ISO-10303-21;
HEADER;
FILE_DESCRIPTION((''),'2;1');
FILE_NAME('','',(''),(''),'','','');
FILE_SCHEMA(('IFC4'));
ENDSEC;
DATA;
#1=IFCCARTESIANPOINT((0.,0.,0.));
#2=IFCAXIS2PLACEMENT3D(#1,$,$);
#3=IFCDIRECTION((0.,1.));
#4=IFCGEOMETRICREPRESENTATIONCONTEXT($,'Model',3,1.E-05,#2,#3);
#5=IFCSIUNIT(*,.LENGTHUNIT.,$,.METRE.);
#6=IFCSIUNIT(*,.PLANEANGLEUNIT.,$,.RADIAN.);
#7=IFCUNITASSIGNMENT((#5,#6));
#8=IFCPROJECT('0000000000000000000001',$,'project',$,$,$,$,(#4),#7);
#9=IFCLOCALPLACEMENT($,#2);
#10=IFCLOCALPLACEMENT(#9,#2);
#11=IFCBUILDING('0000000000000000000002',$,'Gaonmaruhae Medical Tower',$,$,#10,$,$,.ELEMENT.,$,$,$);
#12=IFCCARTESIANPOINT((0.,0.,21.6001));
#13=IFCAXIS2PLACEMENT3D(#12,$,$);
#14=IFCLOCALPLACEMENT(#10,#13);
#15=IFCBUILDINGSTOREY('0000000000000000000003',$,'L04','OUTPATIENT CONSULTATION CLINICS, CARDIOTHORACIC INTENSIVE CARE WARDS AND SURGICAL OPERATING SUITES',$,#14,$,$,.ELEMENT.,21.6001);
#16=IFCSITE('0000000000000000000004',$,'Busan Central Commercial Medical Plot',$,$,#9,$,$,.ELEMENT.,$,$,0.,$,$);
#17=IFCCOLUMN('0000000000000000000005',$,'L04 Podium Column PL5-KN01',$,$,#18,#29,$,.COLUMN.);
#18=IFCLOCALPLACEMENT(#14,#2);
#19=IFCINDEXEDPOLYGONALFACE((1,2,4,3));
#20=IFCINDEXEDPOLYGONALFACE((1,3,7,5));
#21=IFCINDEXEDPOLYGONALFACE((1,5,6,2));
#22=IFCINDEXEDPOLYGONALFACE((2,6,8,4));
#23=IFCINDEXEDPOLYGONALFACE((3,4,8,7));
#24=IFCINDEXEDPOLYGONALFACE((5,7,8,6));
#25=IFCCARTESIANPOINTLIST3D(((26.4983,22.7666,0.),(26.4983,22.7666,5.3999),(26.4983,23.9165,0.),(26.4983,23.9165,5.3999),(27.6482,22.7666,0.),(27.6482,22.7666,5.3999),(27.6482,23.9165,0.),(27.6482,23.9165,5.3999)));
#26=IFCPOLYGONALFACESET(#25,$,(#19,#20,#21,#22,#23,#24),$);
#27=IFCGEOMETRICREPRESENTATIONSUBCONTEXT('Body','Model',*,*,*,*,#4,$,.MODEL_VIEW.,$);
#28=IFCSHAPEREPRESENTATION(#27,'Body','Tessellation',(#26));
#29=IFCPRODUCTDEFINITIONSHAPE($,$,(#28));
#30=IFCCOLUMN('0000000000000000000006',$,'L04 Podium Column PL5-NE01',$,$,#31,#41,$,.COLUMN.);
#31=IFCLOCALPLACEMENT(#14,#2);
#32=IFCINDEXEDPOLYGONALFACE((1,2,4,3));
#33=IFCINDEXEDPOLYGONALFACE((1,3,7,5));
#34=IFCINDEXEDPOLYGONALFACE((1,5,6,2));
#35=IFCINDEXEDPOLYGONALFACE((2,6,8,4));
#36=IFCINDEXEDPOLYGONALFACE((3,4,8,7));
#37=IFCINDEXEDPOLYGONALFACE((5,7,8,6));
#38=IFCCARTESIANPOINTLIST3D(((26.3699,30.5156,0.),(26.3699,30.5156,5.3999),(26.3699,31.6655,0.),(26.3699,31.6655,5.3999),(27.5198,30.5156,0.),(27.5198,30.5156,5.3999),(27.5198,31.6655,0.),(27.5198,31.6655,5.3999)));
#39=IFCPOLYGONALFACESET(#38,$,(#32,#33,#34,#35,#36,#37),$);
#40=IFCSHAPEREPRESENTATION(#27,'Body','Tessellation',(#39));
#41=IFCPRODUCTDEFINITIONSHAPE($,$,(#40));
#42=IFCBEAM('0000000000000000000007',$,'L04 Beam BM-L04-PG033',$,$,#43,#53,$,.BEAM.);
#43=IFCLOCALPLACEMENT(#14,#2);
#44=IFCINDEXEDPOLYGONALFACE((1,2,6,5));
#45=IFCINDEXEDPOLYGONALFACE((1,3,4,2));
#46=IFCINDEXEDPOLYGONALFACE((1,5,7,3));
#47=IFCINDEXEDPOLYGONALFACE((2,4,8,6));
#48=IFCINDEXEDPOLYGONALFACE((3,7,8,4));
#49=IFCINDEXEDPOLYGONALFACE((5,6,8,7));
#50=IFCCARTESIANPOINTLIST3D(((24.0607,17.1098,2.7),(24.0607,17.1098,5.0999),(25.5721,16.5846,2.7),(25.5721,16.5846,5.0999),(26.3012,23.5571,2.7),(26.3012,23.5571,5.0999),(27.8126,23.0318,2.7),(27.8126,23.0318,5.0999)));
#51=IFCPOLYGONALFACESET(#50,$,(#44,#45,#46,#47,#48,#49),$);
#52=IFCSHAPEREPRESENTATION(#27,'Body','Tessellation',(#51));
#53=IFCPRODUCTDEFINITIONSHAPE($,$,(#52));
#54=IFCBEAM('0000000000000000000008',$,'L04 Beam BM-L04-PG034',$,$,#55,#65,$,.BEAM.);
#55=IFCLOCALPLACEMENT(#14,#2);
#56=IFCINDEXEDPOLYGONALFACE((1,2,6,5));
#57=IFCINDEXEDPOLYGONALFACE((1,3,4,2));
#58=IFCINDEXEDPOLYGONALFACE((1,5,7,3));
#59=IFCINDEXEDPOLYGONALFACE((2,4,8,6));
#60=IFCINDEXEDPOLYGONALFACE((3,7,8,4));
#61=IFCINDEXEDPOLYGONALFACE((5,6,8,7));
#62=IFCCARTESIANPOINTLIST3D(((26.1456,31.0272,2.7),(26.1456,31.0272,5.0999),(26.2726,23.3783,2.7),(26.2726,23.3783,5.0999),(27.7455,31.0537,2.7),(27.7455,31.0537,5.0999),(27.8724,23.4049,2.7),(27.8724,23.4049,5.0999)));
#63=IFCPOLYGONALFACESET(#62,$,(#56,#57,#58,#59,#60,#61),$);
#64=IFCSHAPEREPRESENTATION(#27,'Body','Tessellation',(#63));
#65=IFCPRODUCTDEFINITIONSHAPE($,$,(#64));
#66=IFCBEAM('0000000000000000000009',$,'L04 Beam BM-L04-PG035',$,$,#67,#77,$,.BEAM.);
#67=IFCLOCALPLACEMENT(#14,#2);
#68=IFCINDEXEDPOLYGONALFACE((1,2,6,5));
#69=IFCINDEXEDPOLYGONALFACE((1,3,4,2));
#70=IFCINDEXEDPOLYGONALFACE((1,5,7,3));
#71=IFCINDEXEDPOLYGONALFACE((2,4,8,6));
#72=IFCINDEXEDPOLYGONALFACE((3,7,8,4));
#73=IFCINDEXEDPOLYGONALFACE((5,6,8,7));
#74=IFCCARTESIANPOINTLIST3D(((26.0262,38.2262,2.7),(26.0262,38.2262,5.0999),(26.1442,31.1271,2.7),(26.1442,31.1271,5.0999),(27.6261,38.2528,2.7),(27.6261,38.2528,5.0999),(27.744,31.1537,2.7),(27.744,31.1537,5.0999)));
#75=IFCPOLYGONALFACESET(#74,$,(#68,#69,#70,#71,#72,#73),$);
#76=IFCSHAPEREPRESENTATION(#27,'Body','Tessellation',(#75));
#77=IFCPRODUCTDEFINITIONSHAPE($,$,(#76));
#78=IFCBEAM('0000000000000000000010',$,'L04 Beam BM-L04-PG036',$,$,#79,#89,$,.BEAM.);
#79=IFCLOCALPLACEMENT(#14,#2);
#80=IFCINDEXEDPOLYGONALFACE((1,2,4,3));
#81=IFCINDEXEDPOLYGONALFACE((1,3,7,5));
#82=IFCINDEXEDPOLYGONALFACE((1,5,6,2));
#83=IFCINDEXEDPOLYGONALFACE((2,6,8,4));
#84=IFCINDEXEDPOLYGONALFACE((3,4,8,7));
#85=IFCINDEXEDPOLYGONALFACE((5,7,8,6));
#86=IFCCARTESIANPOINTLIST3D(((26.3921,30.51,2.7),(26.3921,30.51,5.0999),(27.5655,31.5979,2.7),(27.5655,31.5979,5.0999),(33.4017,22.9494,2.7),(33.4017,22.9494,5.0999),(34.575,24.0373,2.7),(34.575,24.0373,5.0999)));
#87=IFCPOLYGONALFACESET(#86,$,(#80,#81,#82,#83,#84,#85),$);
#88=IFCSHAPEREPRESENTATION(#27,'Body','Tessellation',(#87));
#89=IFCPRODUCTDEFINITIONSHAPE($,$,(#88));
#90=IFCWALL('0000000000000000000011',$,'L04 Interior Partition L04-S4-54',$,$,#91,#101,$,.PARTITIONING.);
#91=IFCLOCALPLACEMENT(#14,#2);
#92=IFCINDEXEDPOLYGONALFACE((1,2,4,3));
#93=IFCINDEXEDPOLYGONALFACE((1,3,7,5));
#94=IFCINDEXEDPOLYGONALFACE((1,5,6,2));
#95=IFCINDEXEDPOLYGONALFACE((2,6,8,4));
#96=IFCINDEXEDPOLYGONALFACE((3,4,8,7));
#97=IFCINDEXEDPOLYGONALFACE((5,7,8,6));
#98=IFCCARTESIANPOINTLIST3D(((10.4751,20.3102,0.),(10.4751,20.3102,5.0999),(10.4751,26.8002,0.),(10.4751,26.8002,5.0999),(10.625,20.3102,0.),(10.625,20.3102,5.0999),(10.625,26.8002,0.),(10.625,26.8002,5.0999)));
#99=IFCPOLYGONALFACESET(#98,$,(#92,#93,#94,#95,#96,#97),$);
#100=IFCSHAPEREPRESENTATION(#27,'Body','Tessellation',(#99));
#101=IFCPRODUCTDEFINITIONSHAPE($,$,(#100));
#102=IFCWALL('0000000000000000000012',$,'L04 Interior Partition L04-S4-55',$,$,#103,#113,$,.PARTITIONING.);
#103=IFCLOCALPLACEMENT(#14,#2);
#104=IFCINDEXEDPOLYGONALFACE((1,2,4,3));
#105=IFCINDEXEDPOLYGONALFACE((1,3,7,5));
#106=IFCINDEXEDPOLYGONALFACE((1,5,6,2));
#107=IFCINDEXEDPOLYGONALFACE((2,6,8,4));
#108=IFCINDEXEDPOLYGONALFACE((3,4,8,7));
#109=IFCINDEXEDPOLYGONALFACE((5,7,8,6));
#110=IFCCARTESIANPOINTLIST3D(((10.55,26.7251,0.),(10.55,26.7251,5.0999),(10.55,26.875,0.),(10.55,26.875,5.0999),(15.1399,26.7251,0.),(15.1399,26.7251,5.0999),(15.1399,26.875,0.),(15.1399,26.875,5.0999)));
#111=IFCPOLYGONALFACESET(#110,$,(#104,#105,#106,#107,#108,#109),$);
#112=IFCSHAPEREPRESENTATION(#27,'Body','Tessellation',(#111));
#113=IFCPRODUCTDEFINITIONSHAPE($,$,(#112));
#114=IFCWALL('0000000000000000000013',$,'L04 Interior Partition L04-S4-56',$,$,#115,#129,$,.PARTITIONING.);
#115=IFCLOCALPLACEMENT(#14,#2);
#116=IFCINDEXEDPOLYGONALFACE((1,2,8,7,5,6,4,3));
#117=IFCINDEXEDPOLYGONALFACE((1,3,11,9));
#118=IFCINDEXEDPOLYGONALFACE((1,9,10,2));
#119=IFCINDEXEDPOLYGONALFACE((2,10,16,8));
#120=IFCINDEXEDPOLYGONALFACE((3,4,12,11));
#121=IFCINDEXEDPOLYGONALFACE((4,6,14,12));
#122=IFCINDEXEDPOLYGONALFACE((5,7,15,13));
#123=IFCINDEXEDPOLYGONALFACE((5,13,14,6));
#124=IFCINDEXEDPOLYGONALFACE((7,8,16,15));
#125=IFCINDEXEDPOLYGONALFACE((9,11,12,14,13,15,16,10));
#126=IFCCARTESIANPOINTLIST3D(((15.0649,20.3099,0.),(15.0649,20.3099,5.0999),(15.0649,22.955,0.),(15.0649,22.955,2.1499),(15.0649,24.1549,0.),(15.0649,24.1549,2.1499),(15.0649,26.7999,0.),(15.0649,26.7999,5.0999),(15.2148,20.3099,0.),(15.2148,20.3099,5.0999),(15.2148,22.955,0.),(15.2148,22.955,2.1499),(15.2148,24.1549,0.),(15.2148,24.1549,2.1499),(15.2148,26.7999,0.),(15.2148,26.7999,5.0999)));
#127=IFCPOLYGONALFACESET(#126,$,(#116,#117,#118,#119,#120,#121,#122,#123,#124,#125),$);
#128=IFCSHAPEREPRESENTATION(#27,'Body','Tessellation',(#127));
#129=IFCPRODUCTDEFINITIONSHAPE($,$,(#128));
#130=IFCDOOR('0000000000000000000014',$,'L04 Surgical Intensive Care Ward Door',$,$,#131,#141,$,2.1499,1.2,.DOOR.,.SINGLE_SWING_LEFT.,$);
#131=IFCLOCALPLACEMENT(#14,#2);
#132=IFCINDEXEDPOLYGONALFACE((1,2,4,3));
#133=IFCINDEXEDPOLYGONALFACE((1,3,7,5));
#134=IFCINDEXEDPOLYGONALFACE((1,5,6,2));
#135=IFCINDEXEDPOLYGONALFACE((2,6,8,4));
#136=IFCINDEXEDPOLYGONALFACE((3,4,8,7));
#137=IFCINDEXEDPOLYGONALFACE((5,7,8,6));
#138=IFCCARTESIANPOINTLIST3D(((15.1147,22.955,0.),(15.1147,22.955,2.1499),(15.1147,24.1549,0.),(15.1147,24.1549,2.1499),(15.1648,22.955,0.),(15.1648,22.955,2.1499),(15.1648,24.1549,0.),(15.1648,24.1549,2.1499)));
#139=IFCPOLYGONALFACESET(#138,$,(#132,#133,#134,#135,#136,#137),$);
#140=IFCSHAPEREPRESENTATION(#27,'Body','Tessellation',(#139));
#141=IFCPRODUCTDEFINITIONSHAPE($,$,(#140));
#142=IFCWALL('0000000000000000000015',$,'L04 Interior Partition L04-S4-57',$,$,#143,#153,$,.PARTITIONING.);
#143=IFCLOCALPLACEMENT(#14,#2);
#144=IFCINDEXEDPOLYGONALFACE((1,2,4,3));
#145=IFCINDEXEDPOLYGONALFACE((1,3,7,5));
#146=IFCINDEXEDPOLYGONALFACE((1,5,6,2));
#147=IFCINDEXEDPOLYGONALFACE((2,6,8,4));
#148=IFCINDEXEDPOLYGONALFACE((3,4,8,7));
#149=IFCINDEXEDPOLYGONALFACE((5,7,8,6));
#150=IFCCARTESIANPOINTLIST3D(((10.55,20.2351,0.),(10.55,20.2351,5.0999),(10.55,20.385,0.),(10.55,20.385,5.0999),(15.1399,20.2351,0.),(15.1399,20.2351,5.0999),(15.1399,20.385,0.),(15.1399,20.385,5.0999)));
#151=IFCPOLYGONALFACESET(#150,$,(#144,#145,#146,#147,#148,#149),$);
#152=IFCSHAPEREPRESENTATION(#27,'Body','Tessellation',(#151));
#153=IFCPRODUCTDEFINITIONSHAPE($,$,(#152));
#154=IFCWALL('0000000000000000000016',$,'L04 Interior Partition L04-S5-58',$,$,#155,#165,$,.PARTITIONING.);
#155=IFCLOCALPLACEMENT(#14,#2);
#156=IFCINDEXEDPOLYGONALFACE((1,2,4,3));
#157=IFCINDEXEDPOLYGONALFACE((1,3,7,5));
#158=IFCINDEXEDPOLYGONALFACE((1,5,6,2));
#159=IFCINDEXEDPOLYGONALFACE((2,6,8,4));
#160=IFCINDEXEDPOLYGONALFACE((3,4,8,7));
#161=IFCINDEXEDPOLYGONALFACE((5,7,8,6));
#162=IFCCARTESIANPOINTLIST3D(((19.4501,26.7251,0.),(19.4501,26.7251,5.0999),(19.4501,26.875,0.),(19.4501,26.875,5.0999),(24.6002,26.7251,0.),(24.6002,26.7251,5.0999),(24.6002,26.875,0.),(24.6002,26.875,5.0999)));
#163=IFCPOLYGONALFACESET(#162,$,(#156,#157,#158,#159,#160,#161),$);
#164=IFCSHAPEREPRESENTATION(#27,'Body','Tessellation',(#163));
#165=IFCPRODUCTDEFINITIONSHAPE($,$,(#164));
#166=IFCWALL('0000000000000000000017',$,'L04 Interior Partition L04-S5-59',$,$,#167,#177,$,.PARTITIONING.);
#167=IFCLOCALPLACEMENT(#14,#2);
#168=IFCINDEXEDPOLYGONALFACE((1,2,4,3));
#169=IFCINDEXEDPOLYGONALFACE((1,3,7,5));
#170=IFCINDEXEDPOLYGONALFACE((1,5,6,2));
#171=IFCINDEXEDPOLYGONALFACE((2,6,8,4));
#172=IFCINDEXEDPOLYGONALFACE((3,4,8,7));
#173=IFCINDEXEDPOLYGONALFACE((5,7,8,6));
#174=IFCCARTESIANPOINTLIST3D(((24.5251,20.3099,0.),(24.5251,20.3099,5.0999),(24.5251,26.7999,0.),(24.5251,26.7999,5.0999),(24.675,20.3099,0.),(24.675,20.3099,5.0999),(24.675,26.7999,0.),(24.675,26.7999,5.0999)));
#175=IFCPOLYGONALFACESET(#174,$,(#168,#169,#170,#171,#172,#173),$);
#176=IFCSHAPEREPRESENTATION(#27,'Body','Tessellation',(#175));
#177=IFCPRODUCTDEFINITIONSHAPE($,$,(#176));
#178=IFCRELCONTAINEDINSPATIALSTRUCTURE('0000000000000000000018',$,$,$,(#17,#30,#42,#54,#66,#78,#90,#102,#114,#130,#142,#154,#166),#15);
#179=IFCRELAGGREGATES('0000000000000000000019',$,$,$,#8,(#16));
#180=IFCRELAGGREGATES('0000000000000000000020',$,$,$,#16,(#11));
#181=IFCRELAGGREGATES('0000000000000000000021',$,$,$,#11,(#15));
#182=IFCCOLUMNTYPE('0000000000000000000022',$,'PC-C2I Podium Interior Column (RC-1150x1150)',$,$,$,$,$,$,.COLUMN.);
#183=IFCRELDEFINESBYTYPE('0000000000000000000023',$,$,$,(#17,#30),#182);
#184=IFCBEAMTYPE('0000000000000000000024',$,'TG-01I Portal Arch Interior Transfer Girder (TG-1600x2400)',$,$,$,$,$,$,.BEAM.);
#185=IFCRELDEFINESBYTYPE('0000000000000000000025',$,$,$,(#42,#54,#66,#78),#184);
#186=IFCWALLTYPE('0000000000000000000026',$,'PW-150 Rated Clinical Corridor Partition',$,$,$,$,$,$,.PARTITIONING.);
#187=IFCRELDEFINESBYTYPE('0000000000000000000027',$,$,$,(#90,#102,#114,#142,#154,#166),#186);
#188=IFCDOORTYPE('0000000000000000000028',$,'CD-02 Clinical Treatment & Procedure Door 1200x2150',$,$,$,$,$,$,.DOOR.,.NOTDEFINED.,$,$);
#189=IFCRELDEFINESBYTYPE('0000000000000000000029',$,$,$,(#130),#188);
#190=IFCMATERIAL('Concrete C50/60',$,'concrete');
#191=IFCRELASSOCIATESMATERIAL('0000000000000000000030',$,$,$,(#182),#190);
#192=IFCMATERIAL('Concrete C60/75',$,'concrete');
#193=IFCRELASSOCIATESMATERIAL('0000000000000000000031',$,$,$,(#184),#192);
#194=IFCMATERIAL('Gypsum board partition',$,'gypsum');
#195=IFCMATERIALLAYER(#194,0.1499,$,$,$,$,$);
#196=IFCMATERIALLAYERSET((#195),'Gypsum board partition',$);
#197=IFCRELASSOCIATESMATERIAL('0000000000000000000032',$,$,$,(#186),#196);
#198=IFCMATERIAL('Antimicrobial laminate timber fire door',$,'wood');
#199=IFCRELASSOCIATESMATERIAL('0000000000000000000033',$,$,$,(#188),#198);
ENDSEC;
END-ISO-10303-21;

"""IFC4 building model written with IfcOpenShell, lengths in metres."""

from ifc_helpers import new_model, si_unit, direction, frame, frame_2d, origin, origin_2d, place, context, subcontext, project, spatial, rectangle, extrude, material, layer, layer_set, material_profile, profile_set, type_object, element, fill, save


model = new_model("IFC4")

# Units and contexts
model_context = context("Model", 3, precision=1e-05, world=origin(), true_north=direction((0.0, 1.0)))
body_context = subcontext(model_context, "Body", "Model", "MODEL_VIEW")
ifc_project = project(units=[si_unit("LENGTHUNIT", "METRE"), si_unit("PLANEANGLEUNIT", "RADIAN")], contexts=[model_context])

# Site, building, storey
site_placement = place(None, origin())
site = spatial("IfcSite", under=ifc_project, at=site_placement, Name="Busan Central Commercial Medical Plot", CompositionType="ELEMENT", RefElevation=0.0)
building_placement = place(site_placement, origin())
building = spatial("IfcBuilding", under=site, at=building_placement, Name="Gaonmaruhae Medical Tower", CompositionType="ELEMENT")
storey_placement = place(building_placement, frame((0.0, 0.0, 21.6001)))
storey = spatial("IfcBuildingStorey", under=building, at=storey_placement, Name="L04", Description="OUTPATIENT CONSULTATION CLINICS, CARDIOTHORACIC INTENSIVE CARE WARDS AND SURGICAL OPERATING SUITES", CompositionType="ELEMENT", Elevation=21.6001)

# Columns
ifc_material_1 = material(Name="Concrete C50/60", Category="concrete")
ifc_material_profile_1 = material_profile(ifc_material_1, rectangle(XDim=1.1499, YDim=1.1499, at=origin_2d()), Name="RC-1150x1150")
ifc_profile_set_1 = profile_set([ifc_material_profile_1], Name="Concrete C50/60")
column_type = type_object("IfcColumnType", Name="PC-C2I Podium Interior Column (RC-1150x1150)", PredefinedType="COLUMN", material=ifc_profile_set_1)
for number, where, z_axis, x_axis, name in (
    (1, (27.0732, 23.3416, 0.0), (0.0, 0.0, 1.0), (1.0, 0.0, 0.0), "L04 Podium Column PL5-KN01"),
    (2, (26.9448, 31.0906, 0.0), (0.0, 0.0, 1.0), (1.0, 0.0, 0.0), "L04 Podium Column PL5-NE01"),
):
    element("IfcColumn", number, at=place(storey_placement, frame(where, z_axis=z_axis, x_axis=x_axis)), inside=storey, type_object=column_type, Name=name, PredefinedType="COLUMN", context=body_context, shape_type="SweptSolid", body=[
        extrude(rectangle(XDim=1.1499, YDim=1.1499, at=origin_2d()), origin(), (0.0, 0.0, 1.0), 5.3999),
    ])

# Beams
ifc_material_2 = material(Name="Concrete C60/75", Category="concrete")
ifc_material_profile_2 = material_profile(ifc_material_2, rectangle(XDim=1.6001, YDim=2.3999, at=origin_2d()), Name="TG-1600x2400")
ifc_profile_set_2 = profile_set([ifc_material_profile_2], Name="Concrete C60/75")
beam_type = type_object("IfcBeamType", Name="TG-01I Portal Arch Interior Transfer Girder (TG-1600x2400)", PredefinedType="BEAM", material=ifc_profile_set_2)
beam_1_placement = place(storey_placement, frame((27.0569, 23.2944, 3.8999), z_axis=(-0.328253, -0.94459, 0.0), x_axis=(0.94459, -0.328253, 0.0)))
element("IfcBeam", 3, at=beam_1_placement, inside=storey, type_object=beam_type, Name="L04 Beam BM-L04-PG033", PredefinedType="BEAM", context=body_context, shape_type="SweptSolid", body=[
    extrude(rectangle(XDim=1.6001, YDim=2.3999, at=origin_2d()), origin(), (0.0, 0.0, 1.0), 6.8254),
])
beam_2_placement = place(storey_placement, frame((27.0725, 23.3916, 3.8999), z_axis=(-0.016595, 0.999862, 0.0), x_axis=(-0.999862, -0.016595, 0.0)))
element("IfcBeam", 4, at=beam_2_placement, inside=storey, type_object=beam_type, Name="L04 Beam BM-L04-PG034", PredefinedType="BEAM", context=body_context, shape_type="SweptSolid", body=[
    extrude(rectangle(XDim=1.6001, YDim=2.3999, at=origin_2d()), origin(), (0.0, 0.0, 1.0), 7.6499),
])
beam_3_placement = place(storey_placement, frame((26.9441, 31.1404, 3.8999), z_axis=(-0.016608, 0.999862, 0.0), x_axis=(-0.999862, -0.016608, 0.0)))
element("IfcBeam", 5, at=beam_3_placement, inside=storey, type_object=beam_type, Name="L04 Beam BM-L04-PG035", PredefinedType="BEAM", context=body_context, shape_type="SweptSolid", body=[
    extrude(rectangle(XDim=1.6001, YDim=2.3999, at=origin_2d()), origin(), (0.0, 0.0, 1.0), 7.1001),
])
beam_4_placement = place(storey_placement, frame((26.9788, 31.054, 3.8999), z_axis=(0.679879, -0.733325, 0.0), x_axis=(0.733325, 0.679879, 0.0)))
element("IfcBeam", 6, at=beam_4_placement, inside=storey, type_object=beam_type, Name="L04 Beam BM-L04-PG036", PredefinedType="BEAM", context=body_context, shape_type="SweptSolid", body=[
    extrude(rectangle(XDim=1.6001, YDim=2.3999, at=origin_2d()), origin(), (0.0, 0.0, 1.0), 10.3101),
])

# Walls
ifc_material_3 = material(Name="Gypsum board partition", Category="gypsum")
ifc_layer = layer(ifc_material_3, 0.1499)
ifc_layer_set = layer_set([ifc_layer], Name="Gypsum board partition")
wall_type = type_object("IfcWallType", Name="PW-150 Rated Clinical Corridor Partition", PredefinedType="PARTITIONING", material=ifc_layer_set)
wall_1_placement = place(storey_placement, frame((10.55, 20.3101, 0.0), z_axis=(0.0, 0.0, 1.0), x_axis=(0.0, 1.0, 0.0)))
element("IfcWall", 7, at=wall_1_placement, inside=storey, type_object=wall_type, Name="L04 Interior Partition L04-S4-54", PredefinedType="PARTITIONING", context=body_context, shape_type="SweptSolid", body=[
    extrude(rectangle(XDim=6.49, YDim=0.1499, at=frame_2d((3.2451, 0.0))), origin(), (0.0, 0.0, 1.0), 5.0999),
])
wall_2_placement = place(storey_placement, frame((10.55, 26.8, 0.0), z_axis=(0.0, 0.0, 1.0), x_axis=(1.0, 0.0, 0.0)))
element("IfcWall", 8, at=wall_2_placement, inside=storey, type_object=wall_type, Name="L04 Interior Partition L04-S4-55", PredefinedType="PARTITIONING", context=body_context, shape_type="SweptSolid", body=[
    extrude(rectangle(XDim=4.5898, YDim=0.1499, at=frame_2d((2.2949, 0.0))), origin(), (0.0, 0.0, 1.0), 5.0999),
])

# Wall, opening, door
wall_3_placement = place(storey_placement, frame((15.1399, 26.8, 0.0), z_axis=(0.0, 0.0, 1.0), x_axis=(0.0, -1.0, 0.0)))
wall_3 = element("IfcWall", 9, at=wall_3_placement, inside=storey, type_object=wall_type, Name="L04 Interior Partition L04-S4-56", PredefinedType="PARTITIONING", context=body_context, shape_type="SweptSolid", body=[
    extrude(rectangle(XDim=6.49, YDim=0.1499, at=frame_2d((3.2451, 0.0))), origin(), (0.0, 0.0, 1.0), 5.0999),
])
opening_1_placement = place(wall_3_placement, frame((2.645, 0.0, 0.0)))
opening_1 = element("IfcOpeningElement", 10, at=opening_1_placement, cuts=wall_3, PredefinedType="OPENING", context=body_context, shape_type="SweptSolid", body=[
    extrude(rectangle(XDim=1.2, YDim=2.1499, at=frame_2d((0.6001, 1.075))), frame((0.0, 0.085, 0.0), z_axis=(0.0, -1.0, 0.0), x_axis=(1.0, 0.0, 0.0)), (0.0, 0.0, 1.0), 0.1699),
])
ifc_material_4 = material(Name="Antimicrobial laminate timber fire door", Category="wood")
door_type_1 = type_object("IfcDoorType", Name="CD-02 Clinical Treatment & Procedure Door 1200x2150", OperationType="NOTDEFINED", PredefinedType="DOOR", material=ifc_material_4)
door_1_placement = place(opening_1_placement, origin())
door_1 = element("IfcDoor", 11, at=door_1_placement, inside=storey, type_object=door_type_1, Name="L04 Surgical Intensive Care Ward Door", OperationType="SINGLE_SWING_LEFT", OverallHeight=2.1499, OverallWidth=1.2, PredefinedType="DOOR", context=body_context, shape_type="SweptSolid", body=[
    extrude(rectangle(XDim=1.2, YDim=2.1499, at=frame_2d((0.6001, 1.075))), frame((0.0, 0.0249, 0.0), z_axis=(0.0, -1.0, 0.0), x_axis=(1.0, 0.0, 0.0)), (0.0, 0.0, 1.0), 0.05),
])
fill(opening_1, door_1)

# Walls
wall_4_placement = place(storey_placement, frame((15.1399, 20.3101, 0.0), z_axis=(0.0, 0.0, 1.0), x_axis=(-1.0, 0.0, 0.0)))
element("IfcWall", 12, at=wall_4_placement, inside=storey, type_object=wall_type, Name="L04 Interior Partition L04-S4-57", PredefinedType="PARTITIONING", context=body_context, shape_type="SweptSolid", body=[
    extrude(rectangle(XDim=4.5898, YDim=0.1499, at=frame_2d((2.2949, 0.0))), origin(), (0.0, 0.0, 1.0), 5.0999),
])
wall_5_placement = place(storey_placement, frame((19.45, 26.8, 0.0), z_axis=(0.0, 0.0, 1.0), x_axis=(1.0, 0.0, 0.0)))
element("IfcWall", 13, at=wall_5_placement, inside=storey, type_object=wall_type, Name="L04 Interior Partition L04-S5-58", PredefinedType="PARTITIONING", context=body_context, shape_type="SweptSolid", body=[
    extrude(rectangle(XDim=5.1501, YDim=0.1499, at=frame_2d((2.5752, 0.0))), origin(), (0.0, 0.0, 1.0), 5.0999),
])
wall_6_placement = place(storey_placement, frame((24.6001, 26.8, 0.0), z_axis=(0.0, 0.0, 1.0), x_axis=(0.0, -1.0, 0.0)))
element("IfcWall", 14, at=wall_6_placement, inside=storey, type_object=wall_type, Name="L04 Interior Partition L04-S5-59", PredefinedType="PARTITIONING", context=body_context, shape_type="SweptSolid", body=[
    extrude(rectangle(XDim=6.49, YDim=0.1499, at=frame_2d((3.2451, 0.0))), origin(), (0.0, 0.0, 1.0), 5.0999),
])

save(model, "model.ifc")
